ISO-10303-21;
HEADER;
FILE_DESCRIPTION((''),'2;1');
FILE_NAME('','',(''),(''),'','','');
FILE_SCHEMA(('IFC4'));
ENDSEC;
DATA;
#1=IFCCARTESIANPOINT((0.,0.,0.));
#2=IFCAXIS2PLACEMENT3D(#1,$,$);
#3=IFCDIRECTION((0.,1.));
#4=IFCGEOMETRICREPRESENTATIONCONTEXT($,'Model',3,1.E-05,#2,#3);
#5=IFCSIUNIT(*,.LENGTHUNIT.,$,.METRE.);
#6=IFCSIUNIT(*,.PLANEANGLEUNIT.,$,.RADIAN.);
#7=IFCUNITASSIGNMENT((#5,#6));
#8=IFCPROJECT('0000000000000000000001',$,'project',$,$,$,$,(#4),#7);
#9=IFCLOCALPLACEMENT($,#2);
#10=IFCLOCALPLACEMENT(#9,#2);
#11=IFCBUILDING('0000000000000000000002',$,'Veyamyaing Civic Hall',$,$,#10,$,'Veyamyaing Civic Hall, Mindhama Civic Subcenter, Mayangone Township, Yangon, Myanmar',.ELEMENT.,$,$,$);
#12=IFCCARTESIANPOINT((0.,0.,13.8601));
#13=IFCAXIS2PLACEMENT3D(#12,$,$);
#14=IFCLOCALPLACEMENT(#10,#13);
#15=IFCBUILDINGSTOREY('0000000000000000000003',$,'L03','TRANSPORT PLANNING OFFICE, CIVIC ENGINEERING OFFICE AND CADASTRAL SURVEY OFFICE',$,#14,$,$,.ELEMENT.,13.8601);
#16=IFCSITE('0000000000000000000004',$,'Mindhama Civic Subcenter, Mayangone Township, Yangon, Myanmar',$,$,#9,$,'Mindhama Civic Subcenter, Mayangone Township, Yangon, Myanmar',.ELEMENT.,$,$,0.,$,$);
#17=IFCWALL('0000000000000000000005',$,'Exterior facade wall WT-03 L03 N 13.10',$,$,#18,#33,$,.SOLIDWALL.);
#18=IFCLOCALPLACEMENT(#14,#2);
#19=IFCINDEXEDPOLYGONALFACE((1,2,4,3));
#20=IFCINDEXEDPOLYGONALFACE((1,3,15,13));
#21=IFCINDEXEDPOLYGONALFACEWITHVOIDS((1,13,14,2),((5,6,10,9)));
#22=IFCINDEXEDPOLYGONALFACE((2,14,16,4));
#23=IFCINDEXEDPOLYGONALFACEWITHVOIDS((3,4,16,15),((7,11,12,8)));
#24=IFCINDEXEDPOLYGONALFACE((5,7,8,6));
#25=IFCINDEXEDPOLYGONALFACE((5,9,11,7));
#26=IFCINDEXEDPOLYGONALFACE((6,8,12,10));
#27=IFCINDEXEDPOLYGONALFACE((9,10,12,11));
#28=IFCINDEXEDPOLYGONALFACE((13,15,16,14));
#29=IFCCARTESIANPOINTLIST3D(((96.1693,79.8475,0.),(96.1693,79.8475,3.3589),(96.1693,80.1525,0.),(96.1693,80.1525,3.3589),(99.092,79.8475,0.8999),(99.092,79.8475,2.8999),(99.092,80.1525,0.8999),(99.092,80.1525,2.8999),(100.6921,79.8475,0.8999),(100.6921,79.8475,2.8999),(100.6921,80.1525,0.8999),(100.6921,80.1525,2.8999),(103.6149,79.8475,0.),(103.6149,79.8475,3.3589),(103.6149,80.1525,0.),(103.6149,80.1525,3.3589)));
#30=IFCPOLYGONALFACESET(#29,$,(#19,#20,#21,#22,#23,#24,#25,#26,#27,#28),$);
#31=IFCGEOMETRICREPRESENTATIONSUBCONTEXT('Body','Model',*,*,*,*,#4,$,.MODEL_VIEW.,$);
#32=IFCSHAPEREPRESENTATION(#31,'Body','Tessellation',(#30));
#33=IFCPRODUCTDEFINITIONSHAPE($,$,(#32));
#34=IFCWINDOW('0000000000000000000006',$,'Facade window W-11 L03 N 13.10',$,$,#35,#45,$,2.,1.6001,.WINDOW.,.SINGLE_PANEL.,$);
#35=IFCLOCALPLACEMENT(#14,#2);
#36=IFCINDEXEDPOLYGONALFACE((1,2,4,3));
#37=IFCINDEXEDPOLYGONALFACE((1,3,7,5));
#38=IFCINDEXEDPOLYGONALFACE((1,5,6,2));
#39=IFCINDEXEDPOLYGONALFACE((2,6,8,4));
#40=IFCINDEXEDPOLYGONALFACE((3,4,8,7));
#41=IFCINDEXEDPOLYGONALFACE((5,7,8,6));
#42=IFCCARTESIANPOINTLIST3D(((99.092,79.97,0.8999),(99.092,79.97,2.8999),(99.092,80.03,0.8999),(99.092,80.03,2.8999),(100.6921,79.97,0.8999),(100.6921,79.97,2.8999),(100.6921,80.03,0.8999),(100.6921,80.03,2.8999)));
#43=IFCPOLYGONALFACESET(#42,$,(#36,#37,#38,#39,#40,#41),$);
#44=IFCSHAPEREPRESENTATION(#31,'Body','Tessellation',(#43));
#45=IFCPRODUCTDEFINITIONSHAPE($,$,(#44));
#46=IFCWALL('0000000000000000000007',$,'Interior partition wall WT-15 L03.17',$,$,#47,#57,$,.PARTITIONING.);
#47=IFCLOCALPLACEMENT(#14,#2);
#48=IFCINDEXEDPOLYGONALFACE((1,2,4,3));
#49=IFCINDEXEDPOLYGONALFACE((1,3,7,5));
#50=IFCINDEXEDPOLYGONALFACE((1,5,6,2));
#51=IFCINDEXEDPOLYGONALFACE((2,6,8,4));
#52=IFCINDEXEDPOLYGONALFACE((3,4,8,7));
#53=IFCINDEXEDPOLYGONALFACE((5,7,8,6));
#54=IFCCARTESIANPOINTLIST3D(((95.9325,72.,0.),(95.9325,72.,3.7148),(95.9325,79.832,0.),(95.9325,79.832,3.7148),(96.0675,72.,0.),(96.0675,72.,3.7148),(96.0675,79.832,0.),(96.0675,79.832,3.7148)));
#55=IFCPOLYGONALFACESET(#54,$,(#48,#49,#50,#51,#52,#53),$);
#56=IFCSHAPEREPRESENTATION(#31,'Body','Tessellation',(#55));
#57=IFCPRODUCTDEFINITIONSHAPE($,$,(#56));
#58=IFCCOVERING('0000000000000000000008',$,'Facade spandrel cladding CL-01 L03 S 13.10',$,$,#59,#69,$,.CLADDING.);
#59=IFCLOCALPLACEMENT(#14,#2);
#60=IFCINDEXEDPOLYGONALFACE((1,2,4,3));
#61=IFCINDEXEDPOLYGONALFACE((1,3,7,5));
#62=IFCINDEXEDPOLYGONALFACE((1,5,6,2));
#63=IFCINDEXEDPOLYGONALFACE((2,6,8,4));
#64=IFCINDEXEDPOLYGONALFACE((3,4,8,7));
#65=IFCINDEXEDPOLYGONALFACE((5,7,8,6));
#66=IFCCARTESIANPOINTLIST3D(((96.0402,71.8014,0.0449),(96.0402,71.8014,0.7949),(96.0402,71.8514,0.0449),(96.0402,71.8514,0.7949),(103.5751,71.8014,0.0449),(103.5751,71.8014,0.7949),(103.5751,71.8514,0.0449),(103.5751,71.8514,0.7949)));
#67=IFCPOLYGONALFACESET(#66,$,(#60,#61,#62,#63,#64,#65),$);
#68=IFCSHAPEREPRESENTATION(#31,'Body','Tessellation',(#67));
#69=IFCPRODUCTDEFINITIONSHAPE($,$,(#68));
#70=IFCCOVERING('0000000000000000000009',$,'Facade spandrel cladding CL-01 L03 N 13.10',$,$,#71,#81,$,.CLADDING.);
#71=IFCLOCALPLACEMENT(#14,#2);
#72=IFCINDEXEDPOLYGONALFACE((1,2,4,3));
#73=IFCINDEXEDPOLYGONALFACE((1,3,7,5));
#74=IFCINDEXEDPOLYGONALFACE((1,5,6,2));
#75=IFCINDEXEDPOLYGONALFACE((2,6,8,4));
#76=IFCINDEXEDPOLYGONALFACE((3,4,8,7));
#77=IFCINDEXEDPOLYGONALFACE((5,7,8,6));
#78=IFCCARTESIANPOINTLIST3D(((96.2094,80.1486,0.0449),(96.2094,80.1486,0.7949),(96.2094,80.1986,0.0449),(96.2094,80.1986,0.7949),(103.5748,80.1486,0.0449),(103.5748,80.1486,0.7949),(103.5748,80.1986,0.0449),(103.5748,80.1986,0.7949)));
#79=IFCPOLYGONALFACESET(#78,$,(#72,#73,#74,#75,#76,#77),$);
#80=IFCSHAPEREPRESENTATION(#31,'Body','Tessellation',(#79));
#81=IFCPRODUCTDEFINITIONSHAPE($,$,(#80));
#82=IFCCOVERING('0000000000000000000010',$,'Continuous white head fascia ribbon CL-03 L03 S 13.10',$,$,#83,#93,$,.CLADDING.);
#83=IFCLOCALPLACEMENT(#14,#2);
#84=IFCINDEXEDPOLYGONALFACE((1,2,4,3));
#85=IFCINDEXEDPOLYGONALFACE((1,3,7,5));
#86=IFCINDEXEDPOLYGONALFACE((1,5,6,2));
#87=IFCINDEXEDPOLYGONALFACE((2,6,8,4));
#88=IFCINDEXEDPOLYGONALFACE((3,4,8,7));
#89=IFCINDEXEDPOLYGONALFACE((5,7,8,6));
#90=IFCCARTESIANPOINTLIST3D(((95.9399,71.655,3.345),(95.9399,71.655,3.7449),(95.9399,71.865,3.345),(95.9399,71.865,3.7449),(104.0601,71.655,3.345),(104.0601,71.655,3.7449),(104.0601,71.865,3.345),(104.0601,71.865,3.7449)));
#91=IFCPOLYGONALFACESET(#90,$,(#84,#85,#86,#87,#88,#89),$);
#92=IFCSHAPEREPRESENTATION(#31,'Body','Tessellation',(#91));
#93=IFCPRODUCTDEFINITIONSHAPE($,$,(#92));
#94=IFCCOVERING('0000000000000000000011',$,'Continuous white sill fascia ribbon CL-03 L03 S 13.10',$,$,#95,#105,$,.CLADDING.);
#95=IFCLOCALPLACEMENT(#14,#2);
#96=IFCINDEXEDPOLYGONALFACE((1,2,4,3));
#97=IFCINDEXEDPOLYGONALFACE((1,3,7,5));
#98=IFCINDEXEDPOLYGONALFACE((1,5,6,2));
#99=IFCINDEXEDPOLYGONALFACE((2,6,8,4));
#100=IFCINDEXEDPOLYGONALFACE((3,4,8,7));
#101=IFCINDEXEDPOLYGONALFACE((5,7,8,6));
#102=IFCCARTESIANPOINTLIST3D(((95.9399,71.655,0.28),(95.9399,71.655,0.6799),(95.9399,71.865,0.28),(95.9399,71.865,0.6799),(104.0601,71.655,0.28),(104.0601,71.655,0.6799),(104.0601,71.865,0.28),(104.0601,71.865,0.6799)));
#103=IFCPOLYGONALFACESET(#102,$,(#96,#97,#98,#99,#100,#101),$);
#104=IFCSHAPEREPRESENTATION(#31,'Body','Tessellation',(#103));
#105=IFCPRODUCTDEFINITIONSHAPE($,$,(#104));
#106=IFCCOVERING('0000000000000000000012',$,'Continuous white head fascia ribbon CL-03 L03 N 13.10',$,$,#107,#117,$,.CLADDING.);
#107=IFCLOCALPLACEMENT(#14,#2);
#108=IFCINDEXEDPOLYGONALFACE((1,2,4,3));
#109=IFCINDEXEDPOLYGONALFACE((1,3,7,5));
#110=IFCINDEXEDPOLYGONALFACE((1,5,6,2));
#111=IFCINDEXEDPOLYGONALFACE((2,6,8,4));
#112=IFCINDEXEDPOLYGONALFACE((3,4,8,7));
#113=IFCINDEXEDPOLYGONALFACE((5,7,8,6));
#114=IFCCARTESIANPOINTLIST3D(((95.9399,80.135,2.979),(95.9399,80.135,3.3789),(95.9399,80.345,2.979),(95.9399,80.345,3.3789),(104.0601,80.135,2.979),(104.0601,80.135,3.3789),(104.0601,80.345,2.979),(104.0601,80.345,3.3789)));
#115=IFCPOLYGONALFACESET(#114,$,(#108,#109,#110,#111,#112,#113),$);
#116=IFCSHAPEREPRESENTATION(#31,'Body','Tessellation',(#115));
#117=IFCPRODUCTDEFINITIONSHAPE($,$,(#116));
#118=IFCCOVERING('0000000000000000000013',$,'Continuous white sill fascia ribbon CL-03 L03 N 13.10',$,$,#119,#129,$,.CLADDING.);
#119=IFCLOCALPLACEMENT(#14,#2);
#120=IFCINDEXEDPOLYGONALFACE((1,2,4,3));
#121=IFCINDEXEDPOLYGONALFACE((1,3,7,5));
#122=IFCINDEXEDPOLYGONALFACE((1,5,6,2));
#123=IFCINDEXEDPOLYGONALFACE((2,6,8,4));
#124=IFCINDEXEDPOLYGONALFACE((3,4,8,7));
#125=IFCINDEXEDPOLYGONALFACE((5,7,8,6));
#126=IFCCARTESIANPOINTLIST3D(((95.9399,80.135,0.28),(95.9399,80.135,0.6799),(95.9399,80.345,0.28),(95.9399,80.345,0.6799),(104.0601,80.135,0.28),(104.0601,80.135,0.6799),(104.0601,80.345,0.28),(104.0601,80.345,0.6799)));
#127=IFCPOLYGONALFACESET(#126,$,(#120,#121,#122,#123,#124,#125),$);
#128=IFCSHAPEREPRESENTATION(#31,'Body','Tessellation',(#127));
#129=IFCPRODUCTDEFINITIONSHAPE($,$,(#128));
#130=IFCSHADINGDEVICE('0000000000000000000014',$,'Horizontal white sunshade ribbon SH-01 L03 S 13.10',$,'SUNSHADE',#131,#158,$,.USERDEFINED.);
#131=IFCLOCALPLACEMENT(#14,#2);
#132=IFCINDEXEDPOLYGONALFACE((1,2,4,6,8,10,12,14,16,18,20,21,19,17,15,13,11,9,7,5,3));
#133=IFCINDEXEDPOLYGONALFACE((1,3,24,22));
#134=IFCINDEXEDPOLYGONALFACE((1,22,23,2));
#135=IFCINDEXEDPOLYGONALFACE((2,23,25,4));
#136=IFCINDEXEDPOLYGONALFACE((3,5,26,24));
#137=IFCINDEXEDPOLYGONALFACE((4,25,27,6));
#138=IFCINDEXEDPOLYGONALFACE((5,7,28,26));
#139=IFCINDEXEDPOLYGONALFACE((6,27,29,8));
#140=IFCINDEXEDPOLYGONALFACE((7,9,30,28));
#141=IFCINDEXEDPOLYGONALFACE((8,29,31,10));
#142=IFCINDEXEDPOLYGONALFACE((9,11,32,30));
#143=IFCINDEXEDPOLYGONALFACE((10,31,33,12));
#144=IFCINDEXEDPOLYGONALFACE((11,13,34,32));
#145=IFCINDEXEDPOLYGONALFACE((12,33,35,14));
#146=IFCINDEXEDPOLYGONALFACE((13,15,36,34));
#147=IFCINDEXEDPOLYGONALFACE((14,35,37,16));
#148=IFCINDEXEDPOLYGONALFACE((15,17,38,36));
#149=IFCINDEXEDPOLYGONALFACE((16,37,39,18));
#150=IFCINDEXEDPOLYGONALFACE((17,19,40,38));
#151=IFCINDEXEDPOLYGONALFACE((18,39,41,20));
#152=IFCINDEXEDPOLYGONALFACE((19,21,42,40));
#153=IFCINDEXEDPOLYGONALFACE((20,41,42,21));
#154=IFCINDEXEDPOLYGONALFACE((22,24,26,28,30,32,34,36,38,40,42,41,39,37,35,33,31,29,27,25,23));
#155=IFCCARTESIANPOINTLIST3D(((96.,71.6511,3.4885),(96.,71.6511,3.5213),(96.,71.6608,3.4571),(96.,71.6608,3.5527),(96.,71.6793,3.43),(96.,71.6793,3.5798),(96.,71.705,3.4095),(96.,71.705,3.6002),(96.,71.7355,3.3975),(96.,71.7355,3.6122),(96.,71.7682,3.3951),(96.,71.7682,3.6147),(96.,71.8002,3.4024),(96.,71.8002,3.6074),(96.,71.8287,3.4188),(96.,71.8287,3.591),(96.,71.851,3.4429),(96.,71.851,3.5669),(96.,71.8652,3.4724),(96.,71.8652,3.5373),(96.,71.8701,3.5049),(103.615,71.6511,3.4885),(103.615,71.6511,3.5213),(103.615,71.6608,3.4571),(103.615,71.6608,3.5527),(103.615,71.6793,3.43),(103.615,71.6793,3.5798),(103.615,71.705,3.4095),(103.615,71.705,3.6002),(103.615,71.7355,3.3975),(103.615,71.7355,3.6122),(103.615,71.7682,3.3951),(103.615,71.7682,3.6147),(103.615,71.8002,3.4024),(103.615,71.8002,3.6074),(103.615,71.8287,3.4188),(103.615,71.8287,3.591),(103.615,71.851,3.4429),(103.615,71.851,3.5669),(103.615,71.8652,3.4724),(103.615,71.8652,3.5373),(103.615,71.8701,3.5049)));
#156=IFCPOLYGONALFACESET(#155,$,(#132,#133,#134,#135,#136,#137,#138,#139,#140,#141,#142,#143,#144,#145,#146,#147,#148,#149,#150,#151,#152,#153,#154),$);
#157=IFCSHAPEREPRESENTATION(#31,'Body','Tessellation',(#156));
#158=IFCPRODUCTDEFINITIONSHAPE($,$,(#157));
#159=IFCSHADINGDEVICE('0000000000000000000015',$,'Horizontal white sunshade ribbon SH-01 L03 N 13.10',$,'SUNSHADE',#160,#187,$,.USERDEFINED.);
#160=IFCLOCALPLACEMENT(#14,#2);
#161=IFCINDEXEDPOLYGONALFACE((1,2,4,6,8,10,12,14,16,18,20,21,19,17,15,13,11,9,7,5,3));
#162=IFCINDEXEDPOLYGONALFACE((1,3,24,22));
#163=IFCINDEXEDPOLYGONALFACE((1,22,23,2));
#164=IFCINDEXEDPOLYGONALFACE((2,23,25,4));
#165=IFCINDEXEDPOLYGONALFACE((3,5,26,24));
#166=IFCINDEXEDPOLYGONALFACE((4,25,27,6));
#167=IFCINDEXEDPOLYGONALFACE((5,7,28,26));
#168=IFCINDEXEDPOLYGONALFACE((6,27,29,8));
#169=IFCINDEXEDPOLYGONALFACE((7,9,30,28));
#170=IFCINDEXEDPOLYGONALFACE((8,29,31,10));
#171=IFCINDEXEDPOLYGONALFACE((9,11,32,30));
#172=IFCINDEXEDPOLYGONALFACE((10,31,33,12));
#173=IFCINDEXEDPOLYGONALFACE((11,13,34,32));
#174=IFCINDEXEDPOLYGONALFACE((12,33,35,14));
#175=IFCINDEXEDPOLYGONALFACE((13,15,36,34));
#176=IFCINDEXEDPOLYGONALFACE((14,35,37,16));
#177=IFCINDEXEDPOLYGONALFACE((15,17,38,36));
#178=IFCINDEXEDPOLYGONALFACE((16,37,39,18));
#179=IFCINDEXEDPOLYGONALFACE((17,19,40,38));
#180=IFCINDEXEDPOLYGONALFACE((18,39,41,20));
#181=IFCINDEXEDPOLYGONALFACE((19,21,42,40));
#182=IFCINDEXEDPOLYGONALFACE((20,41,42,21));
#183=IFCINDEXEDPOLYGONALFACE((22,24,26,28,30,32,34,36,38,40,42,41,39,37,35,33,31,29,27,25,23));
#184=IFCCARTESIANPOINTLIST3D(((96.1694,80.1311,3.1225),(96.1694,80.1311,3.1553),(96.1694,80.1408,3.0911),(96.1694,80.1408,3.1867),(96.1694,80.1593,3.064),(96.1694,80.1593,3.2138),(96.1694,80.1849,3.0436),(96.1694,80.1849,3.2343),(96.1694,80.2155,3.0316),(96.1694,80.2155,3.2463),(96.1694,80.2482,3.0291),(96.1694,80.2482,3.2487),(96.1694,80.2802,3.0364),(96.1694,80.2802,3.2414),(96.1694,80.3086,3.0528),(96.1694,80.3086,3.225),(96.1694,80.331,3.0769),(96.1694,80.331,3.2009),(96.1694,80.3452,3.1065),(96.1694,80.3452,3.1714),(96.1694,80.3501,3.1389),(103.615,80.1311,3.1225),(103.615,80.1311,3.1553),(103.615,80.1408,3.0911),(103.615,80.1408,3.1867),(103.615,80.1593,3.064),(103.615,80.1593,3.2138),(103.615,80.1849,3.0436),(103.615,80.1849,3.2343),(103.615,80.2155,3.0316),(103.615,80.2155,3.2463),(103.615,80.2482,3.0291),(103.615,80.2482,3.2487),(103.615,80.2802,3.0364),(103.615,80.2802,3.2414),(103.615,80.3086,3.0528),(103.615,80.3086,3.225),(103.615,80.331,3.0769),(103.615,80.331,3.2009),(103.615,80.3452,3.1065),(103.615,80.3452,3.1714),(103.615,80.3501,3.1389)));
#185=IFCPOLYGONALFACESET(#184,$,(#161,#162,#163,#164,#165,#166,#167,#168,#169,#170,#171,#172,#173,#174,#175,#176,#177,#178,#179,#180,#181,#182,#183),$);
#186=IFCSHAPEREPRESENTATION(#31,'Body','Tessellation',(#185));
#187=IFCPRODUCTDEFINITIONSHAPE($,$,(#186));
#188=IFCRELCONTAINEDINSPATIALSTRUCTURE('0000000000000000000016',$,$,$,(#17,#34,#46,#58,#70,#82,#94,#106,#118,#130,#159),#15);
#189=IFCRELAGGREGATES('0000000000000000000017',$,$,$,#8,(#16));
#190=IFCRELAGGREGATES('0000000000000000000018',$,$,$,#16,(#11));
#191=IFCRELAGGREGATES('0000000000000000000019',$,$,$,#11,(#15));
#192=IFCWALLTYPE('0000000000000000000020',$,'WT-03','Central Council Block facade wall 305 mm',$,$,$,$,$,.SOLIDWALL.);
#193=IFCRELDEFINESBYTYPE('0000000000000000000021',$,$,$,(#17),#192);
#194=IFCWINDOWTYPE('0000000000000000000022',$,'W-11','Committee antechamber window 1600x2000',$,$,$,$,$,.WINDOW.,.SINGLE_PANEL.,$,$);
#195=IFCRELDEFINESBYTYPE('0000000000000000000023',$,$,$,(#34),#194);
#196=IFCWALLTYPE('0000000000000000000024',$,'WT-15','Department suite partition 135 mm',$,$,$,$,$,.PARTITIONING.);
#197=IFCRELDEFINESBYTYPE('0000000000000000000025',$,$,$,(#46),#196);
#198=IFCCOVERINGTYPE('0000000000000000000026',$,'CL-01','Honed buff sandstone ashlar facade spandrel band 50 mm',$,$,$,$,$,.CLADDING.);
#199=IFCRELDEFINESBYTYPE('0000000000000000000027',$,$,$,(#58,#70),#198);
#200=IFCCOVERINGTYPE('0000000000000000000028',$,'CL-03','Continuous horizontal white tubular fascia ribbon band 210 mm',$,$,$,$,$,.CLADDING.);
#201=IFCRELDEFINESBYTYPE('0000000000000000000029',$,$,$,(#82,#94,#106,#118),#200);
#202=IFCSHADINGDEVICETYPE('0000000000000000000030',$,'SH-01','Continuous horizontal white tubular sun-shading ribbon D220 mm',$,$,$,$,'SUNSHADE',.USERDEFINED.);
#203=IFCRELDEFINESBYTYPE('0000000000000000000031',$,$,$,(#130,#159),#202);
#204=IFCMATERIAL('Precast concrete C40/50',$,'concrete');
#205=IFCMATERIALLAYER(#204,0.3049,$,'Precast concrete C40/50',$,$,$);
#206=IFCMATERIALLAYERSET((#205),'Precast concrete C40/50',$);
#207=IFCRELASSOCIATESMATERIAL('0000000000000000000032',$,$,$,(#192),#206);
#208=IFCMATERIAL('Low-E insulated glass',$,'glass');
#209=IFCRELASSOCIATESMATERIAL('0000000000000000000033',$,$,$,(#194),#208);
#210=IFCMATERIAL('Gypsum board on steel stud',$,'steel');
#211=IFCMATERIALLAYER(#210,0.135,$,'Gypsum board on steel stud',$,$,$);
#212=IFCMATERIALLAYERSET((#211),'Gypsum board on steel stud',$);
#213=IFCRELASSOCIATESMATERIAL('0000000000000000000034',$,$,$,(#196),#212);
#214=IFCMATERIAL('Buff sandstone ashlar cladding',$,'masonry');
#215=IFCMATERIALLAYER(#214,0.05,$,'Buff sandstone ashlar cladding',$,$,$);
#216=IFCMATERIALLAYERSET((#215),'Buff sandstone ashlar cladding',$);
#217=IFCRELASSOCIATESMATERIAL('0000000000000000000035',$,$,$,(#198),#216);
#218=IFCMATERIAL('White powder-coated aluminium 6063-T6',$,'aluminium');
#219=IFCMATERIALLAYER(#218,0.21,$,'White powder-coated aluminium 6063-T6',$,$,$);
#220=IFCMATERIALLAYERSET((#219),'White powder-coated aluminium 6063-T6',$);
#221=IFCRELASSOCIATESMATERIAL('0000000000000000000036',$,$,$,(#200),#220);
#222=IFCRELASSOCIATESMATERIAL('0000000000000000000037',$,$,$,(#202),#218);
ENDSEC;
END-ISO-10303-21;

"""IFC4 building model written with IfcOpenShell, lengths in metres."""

from ifc_helpers import new_model, si_unit, direction, frame, frame_2d, origin, origin_2d, place, context, subcontext, project, spatial, rectangle, circle, extrude, material, layer, layer_set, material_profile, profile_set, type_object, element, fill, save


model = new_model("IFC4")

# Units and contexts
model_context = context("Model", 3, precision=1e-05, world=origin(), true_north=direction((0.0, 1.0)))
body_context = subcontext(model_context, "Body", "Model", "MODEL_VIEW")
ifc_project = project(units=[si_unit("LENGTHUNIT", "METRE"), si_unit("PLANEANGLEUNIT", "RADIAN")], contexts=[model_context])

# Site, building, storey
site_placement = place(None, origin())
site = spatial("IfcSite", under=ifc_project, at=site_placement, Name="Mindhama Civic Subcenter, Mayangone Township, Yangon, Myanmar", LongName="Mindhama Civic Subcenter, Mayangone Township, Yangon, Myanmar", CompositionType="ELEMENT", RefElevation=0.0)
building_placement = place(site_placement, origin())
building = spatial("IfcBuilding", under=site, at=building_placement, Name="Veyamyaing Civic Hall", LongName="Veyamyaing Civic Hall, Mindhama Civic Subcenter, Mayangone Township, Yangon, Myanmar", CompositionType="ELEMENT")
storey_placement = place(building_placement, frame((0.0, 0.0, 13.8601)))
storey = spatial("IfcBuildingStorey", under=building, at=storey_placement, Name="L03", Description="TRANSPORT PLANNING OFFICE, CIVIC ENGINEERING OFFICE AND CADASTRAL SURVEY OFFICE", CompositionType="ELEMENT", Elevation=13.8601)

# Shared definitions
ifc_material_1 = material(Name="Low-E insulated glass", Category="glass")

# Wall, opening, window
ifc_material_2 = material(Name="Precast concrete C40/50", Category="concrete")
ifc_layer_1 = layer(ifc_material_2, 0.3049, Name="Precast concrete C40/50")
ifc_layer_set_1 = layer_set([ifc_layer_1], Name="Precast concrete C40/50")
wall_type_1 = type_object("IfcWallType", Name="WT-03", Description="Central Council Block facade wall 305 mm", PredefinedType="SOLIDWALL", material=ifc_layer_set_1)
window_type = type_object("IfcWindowType", Name="W-11", Description="Committee antechamber window 1600x2000", PartitioningType="SINGLE_PANEL", PredefinedType="WINDOW", material=ifc_material_1)
wall_1_placement = place(storey_placement, frame((96.1694, 80.0, 0.0), z_axis=(0.0, 0.0, 1.0), x_axis=(1.0, 0.0, 0.0)))
wall_1 = element("IfcWall", 1, at=wall_1_placement, inside=storey, type_object=wall_type_1, Name="Exterior facade wall WT-03 L03 N 13.10", PredefinedType="SOLIDWALL", context=body_context, shape_type="SweptSolid", body=[
    extrude(rectangle(XDim=7.4456, YDim=0.3049, at=frame_2d((3.7227, 0.0))), origin(), (0.0, 0.0, 1.0), 3.3589),
])
opening_1_placement = place(wall_1_placement, frame((2.9226, 0.0, 0.8999)))
opening_1 = element("IfcOpeningElement", 2, at=opening_1_placement, cuts=wall_1, PredefinedType="OPENING", context=body_context, shape_type="SweptSolid", body=[
    extrude(rectangle(XDim=1.6001, YDim=2.0, at=frame_2d((0.8, 1.0))), frame((0.0, 0.1624, 0.0), z_axis=(0.0, -1.0, 0.0), x_axis=(1.0, 0.0, 0.0)), (0.0, 0.0, 1.0), 0.325),
])
window_1_placement = place(opening_1_placement, origin())
window_1 = element("IfcWindow", 3, at=window_1_placement, inside=storey, type_object=window_type, Name="Facade window W-11 L03 N 13.10", OverallHeight=2.0, OverallWidth=1.6001, PartitioningType="SINGLE_PANEL", PredefinedType="WINDOW", context=body_context, shape_type="SweptSolid", body=[
    extrude(rectangle(XDim=1.6001, YDim=2.0, at=frame_2d((0.8, 1.0))), frame((0.0, 0.03, 0.0), z_axis=(0.0, -1.0, 0.0), x_axis=(1.0, 0.0, 0.0)), (0.0, 0.0, 1.0), 0.0601),
])
fill(opening_1, window_1)

# Wall
ifc_material_3 = material(Name="Gypsum board on steel stud", Category="steel")
ifc_layer_2 = layer(ifc_material_3, 0.135, Name="Gypsum board on steel stud")
ifc_layer_set_2 = layer_set([ifc_layer_2], Name="Gypsum board on steel stud")
wall_type_2 = type_object("IfcWallType", Name="WT-15", Description="Department suite partition 135 mm", PredefinedType="PARTITIONING", material=ifc_layer_set_2)
wall_2_placement = place(storey_placement, frame((96.0, 72.0, 0.0), z_axis=(0.0, 0.0, 1.0), x_axis=(0.0, 1.0, 0.0)))
element("IfcWall", 4, at=wall_2_placement, inside=storey, type_object=wall_type_2, Name="Interior partition wall WT-15 L03.17", PredefinedType="PARTITIONING", context=body_context, shape_type="SweptSolid", body=[
    extrude(rectangle(XDim=7.832, YDim=0.135, at=frame_2d((3.916, 0.0))), origin(), (0.0, 0.0, 1.0), 3.7148),
])

# Coverings
ifc_material_4 = material(Name="Buff sandstone ashlar cladding", Category="masonry")
ifc_layer_3 = layer(ifc_material_4, 0.05, Name="Buff sandstone ashlar cladding")
ifc_layer_set_3 = layer_set([ifc_layer_3], Name="Buff sandstone ashlar cladding")
covering_type_1 = type_object("IfcCoveringType", Name="CL-01", Description="Honed buff sandstone ashlar facade spandrel band 50 mm", PredefinedType="CLADDING", material=ifc_layer_set_3)
covering_1_placement = place(storey_placement, frame((99.8076, 71.8264, 0.0449), z_axis=(0.0, 0.0, 1.0), x_axis=(1.0, 0.0, 0.0)))
element("IfcCovering", 5, at=covering_1_placement, inside=storey, type_object=covering_type_1, Name="Facade spandrel cladding CL-01 L03 S 13.10", PredefinedType="CLADDING", context=body_context, shape_type="SweptSolid", body=[
    extrude(rectangle(XDim=7.5349, YDim=0.05, at=origin_2d()), origin(), (0.0, 0.0, 1.0), 0.75),
])
covering_2_placement = place(storey_placement, frame((99.8921, 80.1736, 0.0449), z_axis=(0.0, 0.0, 1.0), x_axis=(1.0, 0.0, 0.0)))
element("IfcCovering", 6, at=covering_2_placement, inside=storey, type_object=covering_type_1, Name="Facade spandrel cladding CL-01 L03 N 13.10", PredefinedType="CLADDING", context=body_context, shape_type="SweptSolid", body=[
    extrude(rectangle(XDim=7.3655, YDim=0.05, at=origin_2d()), origin(), (0.0, 0.0, 1.0), 0.75),
])
ifc_material_5 = material(Name="White powder-coated aluminium 6063-T6", Category="aluminium")
ifc_layer_4 = layer(ifc_material_5, 0.21, Name="White powder-coated aluminium 6063-T6")
ifc_layer_set_4 = layer_set([ifc_layer_4], Name="White powder-coated aluminium 6063-T6")
covering_type_2 = type_object("IfcCoveringType", Name="CL-03", Description="Continuous horizontal white tubular fascia ribbon band 210 mm", PredefinedType="CLADDING", material=ifc_layer_set_4)
for number, where, z_axis, x_axis, name in (
    (7, (100.0, 71.76, 3.345), (0.0, 0.0, 1.0), (1.0, 0.0, 0.0), "Continuous white head fascia ribbon CL-03 L03 S 13.10"),
    (8, (100.0, 71.76, 0.28), (0.0, 0.0, 1.0), (1.0, 0.0, 0.0), "Continuous white sill fascia ribbon CL-03 L03 S 13.10"),
    (9, (100.0, 80.24, 2.979), (0.0, 0.0, 1.0), (1.0, 0.0, 0.0), "Continuous white head fascia ribbon CL-03 L03 N 13.10"),
    (10, (100.0, 80.24, 0.28), (0.0, 0.0, 1.0), (1.0, 0.0, 0.0), "Continuous white sill fascia ribbon CL-03 L03 N 13.10"),
):
    element("IfcCovering", number, at=place(storey_placement, frame(where, z_axis=z_axis, x_axis=x_axis)), inside=storey, type_object=covering_type_2, Name=name, PredefinedType="CLADDING", context=body_context, shape_type="SweptSolid", body=[
        extrude(rectangle(XDim=8.1201, YDim=0.21, at=origin_2d()), origin(), (0.0, 0.0, 1.0), 0.3999),
    ])

# Shading devices
ifc_material_profile_1 = material_profile(ifc_material_5, circle(Radius=0.1101, at=origin_2d()), Name="SHADE-TUBE-220")
ifc_profile_set_1 = profile_set([ifc_material_profile_1], Name="White powder-coated aluminium 6063-T6")
shading_device_type = type_object("IfcShadingDeviceType", Name="SH-01", Description="Continuous horizontal white tubular sun-shading ribbon D220 mm", ElementType="SUNSHADE", PredefinedType="USERDEFINED", material=ifc_profile_set_1)
shading_device_1_placement = place(storey_placement, frame((96.0, 71.76, 3.5049), z_axis=(1.0, 0.0, 0.0), x_axis=(0.0, 1.0, 0.0)))
element("IfcShadingDevice", 11, at=shading_device_1_placement, inside=storey, type_object=shading_device_type, Name="Horizontal white sunshade ribbon SH-01 L03 S 13.10", ObjectType="SUNSHADE", PredefinedType="USERDEFINED", context=body_context, shape_type="SweptSolid", body=[
    extrude(circle(Radius=0.1101, at=origin_2d()), origin(), (0.0, 0.0, 1.0), 7.615),
])
shading_device_2_placement = place(storey_placement, frame((96.1694, 80.24, 3.1389), z_axis=(1.0, 0.0, 0.0), x_axis=(0.0, 1.0, 0.0)))
element("IfcShadingDevice", 12, at=shading_device_2_placement, inside=storey, type_object=shading_device_type, Name="Horizontal white sunshade ribbon SH-01 L03 N 13.10", ObjectType="SUNSHADE", PredefinedType="USERDEFINED", context=body_context, shape_type="SweptSolid", body=[
    extrude(circle(Radius=0.1101, at=origin_2d()), origin(), (0.0, 0.0, 1.0), 7.4456),
])

save(model, "model.ifc")
